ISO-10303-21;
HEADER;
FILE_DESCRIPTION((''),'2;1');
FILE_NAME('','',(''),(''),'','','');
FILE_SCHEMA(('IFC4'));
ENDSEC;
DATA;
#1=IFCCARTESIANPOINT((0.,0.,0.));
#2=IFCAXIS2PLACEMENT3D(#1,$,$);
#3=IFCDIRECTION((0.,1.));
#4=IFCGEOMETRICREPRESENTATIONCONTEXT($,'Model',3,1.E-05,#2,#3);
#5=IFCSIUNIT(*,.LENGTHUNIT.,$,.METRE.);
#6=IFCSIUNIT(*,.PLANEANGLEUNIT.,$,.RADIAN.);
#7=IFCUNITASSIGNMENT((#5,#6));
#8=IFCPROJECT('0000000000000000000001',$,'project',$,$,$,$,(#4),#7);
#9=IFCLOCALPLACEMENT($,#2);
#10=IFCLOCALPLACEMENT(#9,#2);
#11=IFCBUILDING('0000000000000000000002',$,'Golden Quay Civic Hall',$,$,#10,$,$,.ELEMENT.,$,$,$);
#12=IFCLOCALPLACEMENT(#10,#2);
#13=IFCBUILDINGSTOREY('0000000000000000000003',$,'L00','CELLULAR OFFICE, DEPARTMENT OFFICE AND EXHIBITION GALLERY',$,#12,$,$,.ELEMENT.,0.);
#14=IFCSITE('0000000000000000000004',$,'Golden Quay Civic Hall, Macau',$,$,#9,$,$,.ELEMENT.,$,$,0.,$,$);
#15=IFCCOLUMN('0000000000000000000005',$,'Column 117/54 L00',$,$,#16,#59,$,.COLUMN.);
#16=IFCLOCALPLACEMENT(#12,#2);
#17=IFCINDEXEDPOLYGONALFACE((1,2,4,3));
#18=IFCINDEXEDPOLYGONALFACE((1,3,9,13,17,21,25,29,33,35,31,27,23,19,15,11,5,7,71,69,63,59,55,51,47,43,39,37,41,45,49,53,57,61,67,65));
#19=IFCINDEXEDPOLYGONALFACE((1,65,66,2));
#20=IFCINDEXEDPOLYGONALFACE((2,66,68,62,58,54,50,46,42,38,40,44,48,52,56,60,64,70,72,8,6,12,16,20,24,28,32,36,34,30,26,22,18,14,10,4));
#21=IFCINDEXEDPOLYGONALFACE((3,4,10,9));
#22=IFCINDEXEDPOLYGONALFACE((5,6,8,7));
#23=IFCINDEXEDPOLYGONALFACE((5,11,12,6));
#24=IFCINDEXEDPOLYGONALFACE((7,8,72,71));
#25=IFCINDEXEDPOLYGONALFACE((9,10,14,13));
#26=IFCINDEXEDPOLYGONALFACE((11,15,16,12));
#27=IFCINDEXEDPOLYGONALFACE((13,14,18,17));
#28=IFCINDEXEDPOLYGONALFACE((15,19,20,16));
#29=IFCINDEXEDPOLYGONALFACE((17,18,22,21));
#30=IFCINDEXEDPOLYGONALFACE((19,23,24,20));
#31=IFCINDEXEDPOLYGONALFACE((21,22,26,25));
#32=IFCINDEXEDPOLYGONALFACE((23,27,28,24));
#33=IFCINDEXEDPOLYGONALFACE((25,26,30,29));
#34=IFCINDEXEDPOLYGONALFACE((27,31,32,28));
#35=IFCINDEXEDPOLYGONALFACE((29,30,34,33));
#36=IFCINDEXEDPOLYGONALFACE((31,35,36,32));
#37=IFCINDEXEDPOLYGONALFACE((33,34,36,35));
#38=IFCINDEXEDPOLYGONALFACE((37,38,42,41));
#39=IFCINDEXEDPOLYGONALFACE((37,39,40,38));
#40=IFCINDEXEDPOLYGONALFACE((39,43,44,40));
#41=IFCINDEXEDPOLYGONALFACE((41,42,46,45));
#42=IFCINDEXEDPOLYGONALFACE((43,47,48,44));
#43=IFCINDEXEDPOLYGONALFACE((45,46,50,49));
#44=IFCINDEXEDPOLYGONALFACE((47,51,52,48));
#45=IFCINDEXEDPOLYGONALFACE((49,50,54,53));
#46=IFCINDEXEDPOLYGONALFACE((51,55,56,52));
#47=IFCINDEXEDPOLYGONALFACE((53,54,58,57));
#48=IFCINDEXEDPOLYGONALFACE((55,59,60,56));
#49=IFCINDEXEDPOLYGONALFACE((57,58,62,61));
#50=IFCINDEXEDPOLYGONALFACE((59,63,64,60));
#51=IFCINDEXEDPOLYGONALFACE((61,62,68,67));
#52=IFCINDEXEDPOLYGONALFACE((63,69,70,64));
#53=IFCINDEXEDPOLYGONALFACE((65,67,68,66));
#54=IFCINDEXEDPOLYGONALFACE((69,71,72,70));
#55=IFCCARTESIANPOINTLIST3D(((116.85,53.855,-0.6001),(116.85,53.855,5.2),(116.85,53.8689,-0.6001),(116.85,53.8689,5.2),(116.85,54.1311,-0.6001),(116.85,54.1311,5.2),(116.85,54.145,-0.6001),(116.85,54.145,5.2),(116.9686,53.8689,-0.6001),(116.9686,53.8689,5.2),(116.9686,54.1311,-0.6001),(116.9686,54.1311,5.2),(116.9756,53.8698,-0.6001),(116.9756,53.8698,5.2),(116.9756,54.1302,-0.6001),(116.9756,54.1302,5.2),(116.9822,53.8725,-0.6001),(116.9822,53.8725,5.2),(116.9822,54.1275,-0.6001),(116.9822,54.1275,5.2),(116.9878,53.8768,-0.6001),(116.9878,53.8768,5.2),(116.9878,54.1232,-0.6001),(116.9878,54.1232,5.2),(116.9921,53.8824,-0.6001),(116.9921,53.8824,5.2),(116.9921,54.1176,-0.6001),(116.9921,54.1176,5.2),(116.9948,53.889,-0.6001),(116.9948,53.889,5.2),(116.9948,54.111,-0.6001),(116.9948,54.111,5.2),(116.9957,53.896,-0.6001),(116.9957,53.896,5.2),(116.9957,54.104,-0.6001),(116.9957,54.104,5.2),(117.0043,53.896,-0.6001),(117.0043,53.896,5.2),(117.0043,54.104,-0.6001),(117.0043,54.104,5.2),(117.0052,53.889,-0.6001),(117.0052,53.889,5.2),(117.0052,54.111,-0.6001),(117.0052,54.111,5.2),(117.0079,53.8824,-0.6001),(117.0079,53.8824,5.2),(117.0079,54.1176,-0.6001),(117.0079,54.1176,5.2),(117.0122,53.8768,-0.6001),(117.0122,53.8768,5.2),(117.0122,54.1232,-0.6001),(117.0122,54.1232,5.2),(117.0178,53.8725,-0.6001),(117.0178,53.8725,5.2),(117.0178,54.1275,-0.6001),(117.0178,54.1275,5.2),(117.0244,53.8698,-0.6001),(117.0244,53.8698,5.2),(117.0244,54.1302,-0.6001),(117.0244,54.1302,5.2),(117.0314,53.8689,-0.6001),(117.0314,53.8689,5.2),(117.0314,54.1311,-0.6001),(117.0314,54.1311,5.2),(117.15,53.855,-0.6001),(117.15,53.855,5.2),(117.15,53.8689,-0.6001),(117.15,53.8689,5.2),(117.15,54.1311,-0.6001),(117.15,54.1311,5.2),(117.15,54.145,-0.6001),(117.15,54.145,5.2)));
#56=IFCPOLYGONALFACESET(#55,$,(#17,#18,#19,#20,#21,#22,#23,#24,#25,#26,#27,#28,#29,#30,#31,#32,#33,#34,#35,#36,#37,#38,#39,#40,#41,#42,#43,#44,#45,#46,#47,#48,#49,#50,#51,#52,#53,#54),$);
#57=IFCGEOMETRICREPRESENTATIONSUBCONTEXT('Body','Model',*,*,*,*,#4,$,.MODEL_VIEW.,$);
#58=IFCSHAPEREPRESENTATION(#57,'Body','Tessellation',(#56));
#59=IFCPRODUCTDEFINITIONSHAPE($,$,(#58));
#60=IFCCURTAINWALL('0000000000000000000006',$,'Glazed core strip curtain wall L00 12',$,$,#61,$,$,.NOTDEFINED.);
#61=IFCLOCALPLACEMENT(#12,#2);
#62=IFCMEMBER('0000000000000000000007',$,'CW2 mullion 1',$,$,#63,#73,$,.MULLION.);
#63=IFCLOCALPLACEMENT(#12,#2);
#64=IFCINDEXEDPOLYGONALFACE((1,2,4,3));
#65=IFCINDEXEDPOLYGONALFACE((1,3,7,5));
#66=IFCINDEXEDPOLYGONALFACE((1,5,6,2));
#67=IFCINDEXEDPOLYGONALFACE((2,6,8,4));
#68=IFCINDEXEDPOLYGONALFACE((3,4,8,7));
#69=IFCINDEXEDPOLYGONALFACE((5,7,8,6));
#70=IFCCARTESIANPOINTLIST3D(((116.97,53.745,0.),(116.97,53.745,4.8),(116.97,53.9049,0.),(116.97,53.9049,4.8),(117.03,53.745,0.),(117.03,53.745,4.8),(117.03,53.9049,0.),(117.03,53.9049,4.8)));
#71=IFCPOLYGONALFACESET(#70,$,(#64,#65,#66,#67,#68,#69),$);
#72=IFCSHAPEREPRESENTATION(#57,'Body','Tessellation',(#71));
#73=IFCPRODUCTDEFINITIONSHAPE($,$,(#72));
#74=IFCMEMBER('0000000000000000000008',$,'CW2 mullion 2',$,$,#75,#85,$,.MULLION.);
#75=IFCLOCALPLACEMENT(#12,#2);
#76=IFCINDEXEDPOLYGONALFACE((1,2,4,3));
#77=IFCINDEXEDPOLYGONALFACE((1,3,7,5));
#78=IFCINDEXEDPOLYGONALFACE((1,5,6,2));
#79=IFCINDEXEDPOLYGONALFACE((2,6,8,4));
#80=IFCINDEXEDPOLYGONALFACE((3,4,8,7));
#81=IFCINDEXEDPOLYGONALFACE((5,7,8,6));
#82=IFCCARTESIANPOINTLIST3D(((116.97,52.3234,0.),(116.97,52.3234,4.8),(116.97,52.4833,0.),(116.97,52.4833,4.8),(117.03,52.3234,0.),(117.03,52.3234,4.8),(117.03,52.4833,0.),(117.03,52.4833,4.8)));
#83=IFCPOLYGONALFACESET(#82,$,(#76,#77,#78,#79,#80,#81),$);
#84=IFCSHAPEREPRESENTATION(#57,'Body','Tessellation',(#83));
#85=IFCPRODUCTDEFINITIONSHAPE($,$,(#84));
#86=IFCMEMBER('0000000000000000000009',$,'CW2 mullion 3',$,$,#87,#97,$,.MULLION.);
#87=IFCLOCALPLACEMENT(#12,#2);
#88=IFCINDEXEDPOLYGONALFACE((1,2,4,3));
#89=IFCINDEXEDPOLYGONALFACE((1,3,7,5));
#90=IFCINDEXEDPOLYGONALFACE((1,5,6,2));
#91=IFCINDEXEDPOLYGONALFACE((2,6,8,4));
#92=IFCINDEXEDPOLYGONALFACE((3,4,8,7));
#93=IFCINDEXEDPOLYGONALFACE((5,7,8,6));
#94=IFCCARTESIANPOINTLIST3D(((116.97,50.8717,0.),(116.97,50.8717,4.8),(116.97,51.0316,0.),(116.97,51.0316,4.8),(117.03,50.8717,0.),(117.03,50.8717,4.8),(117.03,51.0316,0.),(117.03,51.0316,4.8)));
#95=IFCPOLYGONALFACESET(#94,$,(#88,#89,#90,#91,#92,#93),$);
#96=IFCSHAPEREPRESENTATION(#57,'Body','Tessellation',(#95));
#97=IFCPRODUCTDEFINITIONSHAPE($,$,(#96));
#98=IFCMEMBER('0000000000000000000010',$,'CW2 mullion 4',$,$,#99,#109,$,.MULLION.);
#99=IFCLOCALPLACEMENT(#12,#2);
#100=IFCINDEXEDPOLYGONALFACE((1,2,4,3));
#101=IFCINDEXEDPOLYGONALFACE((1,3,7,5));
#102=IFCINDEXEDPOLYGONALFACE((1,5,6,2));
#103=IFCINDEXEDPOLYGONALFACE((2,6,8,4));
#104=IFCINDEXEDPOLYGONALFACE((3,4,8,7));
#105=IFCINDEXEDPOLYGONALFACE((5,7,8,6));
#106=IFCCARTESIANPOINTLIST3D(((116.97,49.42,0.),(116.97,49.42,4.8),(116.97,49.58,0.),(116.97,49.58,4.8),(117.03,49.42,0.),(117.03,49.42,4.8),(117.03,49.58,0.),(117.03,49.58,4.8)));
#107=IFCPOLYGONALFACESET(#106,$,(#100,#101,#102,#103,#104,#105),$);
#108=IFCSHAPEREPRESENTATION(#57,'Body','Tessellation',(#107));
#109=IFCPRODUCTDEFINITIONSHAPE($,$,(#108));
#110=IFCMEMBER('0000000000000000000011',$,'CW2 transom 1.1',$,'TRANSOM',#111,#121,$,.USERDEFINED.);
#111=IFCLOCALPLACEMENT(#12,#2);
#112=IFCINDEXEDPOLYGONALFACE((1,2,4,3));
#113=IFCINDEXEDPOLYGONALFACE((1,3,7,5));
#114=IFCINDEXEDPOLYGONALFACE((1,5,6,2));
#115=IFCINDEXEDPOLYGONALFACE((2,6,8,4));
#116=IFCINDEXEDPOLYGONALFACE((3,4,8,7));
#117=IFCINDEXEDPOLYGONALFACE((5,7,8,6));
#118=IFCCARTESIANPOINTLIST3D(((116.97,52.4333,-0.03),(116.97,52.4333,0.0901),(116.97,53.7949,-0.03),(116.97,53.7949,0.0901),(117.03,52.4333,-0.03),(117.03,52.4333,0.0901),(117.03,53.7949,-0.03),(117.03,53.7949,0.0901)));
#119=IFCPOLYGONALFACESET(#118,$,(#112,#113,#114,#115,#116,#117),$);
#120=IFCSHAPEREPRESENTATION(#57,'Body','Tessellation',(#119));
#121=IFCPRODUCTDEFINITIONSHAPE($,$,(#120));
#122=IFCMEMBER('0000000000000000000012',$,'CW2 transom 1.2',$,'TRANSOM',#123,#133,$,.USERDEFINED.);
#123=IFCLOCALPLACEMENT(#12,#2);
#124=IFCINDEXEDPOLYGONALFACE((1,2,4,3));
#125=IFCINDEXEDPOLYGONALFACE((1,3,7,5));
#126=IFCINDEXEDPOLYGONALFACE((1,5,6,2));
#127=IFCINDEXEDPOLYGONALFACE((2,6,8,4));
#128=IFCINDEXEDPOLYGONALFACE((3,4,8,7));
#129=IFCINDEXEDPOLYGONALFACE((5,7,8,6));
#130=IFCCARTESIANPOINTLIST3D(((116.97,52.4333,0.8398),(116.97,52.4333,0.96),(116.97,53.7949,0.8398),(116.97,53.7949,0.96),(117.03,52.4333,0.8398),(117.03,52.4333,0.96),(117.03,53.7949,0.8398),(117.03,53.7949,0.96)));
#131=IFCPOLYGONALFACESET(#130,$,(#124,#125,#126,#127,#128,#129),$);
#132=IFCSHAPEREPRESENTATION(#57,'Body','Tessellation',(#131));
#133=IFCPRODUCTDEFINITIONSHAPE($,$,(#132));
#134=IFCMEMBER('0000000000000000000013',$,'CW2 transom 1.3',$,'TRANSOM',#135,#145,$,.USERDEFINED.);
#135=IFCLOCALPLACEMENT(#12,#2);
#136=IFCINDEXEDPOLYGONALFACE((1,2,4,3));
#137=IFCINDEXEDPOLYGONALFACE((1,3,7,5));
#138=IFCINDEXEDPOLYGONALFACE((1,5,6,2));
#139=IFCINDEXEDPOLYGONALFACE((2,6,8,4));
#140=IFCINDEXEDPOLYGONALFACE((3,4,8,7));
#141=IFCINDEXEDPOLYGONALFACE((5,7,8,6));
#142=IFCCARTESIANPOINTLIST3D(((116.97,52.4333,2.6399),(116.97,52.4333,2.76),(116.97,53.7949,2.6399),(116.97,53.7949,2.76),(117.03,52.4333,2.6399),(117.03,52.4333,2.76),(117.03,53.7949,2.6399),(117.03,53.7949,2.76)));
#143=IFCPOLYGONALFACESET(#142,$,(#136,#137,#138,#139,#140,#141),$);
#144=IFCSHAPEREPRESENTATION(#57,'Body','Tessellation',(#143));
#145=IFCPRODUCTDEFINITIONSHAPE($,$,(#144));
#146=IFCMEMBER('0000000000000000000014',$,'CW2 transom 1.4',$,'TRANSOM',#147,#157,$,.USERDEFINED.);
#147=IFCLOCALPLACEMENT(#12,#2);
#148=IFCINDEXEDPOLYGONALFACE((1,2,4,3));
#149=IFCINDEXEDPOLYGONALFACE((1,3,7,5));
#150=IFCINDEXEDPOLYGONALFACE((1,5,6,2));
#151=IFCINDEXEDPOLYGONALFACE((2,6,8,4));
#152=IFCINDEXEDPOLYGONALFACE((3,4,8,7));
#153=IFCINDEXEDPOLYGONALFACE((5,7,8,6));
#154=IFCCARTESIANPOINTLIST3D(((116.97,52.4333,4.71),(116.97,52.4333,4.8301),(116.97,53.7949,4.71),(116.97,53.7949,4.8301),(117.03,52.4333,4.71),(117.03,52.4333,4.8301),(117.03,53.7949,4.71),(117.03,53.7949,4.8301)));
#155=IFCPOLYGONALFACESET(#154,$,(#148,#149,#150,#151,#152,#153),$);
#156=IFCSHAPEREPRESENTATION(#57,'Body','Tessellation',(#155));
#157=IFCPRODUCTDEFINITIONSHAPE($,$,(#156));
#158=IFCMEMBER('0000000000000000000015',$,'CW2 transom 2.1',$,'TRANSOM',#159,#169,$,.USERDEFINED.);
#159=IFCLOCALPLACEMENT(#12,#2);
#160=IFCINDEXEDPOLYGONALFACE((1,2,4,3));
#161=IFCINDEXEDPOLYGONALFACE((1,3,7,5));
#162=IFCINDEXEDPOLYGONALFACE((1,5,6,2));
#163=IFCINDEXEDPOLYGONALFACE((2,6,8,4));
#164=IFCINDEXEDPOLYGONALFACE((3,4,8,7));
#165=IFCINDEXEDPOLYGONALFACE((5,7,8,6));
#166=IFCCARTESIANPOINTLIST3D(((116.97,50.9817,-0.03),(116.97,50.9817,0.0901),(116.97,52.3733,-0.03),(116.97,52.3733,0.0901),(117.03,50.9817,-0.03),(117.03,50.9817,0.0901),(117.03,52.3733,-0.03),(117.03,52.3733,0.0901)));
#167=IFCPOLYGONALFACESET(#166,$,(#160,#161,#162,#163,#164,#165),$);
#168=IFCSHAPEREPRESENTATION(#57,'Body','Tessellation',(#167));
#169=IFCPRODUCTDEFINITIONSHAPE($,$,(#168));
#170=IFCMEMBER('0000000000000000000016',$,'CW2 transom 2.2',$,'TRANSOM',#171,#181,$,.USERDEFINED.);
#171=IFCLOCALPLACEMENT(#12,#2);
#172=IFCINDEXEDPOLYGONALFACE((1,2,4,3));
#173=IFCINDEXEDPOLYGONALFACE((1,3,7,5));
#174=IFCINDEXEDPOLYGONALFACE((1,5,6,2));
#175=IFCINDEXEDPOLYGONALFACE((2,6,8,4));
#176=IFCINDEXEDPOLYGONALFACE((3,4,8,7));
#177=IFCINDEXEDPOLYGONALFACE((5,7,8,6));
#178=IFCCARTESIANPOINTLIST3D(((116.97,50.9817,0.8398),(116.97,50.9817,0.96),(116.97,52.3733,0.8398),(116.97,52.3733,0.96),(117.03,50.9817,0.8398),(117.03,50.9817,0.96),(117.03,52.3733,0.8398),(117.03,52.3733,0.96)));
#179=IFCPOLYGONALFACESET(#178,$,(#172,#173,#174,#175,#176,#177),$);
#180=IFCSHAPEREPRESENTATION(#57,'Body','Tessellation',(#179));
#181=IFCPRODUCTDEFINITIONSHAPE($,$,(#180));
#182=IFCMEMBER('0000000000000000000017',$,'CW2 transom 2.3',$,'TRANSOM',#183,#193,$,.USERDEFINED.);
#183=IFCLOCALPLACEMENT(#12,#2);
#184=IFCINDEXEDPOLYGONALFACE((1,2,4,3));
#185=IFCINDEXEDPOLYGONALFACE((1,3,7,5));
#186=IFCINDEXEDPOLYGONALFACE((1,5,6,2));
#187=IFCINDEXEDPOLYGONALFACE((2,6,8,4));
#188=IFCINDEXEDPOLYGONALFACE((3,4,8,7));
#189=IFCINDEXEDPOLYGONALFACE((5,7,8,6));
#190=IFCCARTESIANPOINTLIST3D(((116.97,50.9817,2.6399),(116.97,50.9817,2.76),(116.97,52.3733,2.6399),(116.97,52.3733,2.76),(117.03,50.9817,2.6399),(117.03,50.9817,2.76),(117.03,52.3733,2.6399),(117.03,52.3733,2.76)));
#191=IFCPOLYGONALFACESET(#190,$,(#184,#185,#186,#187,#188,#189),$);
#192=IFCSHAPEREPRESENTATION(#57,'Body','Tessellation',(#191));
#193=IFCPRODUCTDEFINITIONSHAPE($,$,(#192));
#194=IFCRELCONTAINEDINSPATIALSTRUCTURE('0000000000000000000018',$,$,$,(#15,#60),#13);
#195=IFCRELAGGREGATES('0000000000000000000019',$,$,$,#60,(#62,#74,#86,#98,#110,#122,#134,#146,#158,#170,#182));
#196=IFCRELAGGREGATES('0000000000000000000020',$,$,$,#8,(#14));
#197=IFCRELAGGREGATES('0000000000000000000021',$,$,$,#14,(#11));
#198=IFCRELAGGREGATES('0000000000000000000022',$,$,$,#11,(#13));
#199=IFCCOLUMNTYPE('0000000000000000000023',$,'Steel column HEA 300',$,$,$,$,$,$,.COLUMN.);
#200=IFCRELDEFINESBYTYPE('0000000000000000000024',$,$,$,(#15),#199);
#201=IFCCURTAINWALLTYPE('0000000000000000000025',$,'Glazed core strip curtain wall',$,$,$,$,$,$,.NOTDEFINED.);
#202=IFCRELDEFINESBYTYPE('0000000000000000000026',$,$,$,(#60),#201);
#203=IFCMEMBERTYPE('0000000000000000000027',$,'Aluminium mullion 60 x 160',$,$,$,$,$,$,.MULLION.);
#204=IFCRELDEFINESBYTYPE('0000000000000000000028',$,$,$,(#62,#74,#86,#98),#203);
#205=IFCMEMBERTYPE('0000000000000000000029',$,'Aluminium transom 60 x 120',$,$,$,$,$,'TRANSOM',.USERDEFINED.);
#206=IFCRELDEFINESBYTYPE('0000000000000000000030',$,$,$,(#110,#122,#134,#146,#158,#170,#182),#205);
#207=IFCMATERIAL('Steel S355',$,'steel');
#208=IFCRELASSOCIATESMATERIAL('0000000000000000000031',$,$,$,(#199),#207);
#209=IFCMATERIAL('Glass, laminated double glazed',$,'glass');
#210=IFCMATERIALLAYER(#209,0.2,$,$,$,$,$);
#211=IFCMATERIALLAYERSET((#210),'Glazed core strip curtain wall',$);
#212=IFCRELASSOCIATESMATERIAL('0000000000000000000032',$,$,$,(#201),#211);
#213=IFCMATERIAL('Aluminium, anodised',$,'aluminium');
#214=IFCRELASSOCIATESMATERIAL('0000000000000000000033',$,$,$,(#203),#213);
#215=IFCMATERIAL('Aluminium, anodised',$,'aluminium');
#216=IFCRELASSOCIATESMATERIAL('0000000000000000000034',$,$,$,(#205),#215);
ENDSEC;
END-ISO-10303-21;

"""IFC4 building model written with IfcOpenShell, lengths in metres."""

from ifc_helpers import new_model, si_unit, direction, frame, origin, origin_2d, place, context, subcontext, project, spatial, rectangle, i_section, extrude, material, layer, layer_set, material_profile, profile_set, type_object, element, aggregate, save


model = new_model("IFC4")

# Units and contexts
model_context = context("Model", 3, precision=1e-05, world=origin(), true_north=direction((0.0, 1.0)))
body_context = subcontext(model_context, "Body", "Model", "MODEL_VIEW")
ifc_project = project(units=[si_unit("LENGTHUNIT", "METRE"), si_unit("PLANEANGLEUNIT", "RADIAN")], contexts=[model_context])

# Site, building, storey
site_placement = place(None, origin())
site = spatial("IfcSite", under=ifc_project, at=site_placement, Name="Golden Quay Civic Hall, Macau", CompositionType="ELEMENT", RefElevation=0.0)
building_placement = place(site_placement, origin())
building = spatial("IfcBuilding", under=site, at=building_placement, Name="Golden Quay Civic Hall", CompositionType="ELEMENT")
storey_placement = place(building_placement, origin())
storey = spatial("IfcBuildingStorey", under=building, at=storey_placement, Name="L00", Description="CELLULAR OFFICE, DEPARTMENT OFFICE AND EXHIBITION GALLERY", CompositionType="ELEMENT", Elevation=0.0)

# Column
ifc_material_1 = material(Name="Steel S355", Category="steel")
ifc_material_profile_1 = material_profile(ifc_material_1, i_section(OverallWidth=0.3, OverallDepth=0.29, WebThickness=0.0085, FlangeThickness=0.0139, FilletRadius=0.0271, at=origin_2d()), Name="HEA 300")
ifc_profile_set_1 = profile_set([ifc_material_profile_1], Name="Steel S355")
column_type = type_object("IfcColumnType", Name="Steel column HEA 300", PredefinedType="COLUMN", material=ifc_profile_set_1)
column_placement = place(storey_placement, frame((117.0, 54.0, -0.6001), z_axis=(0.0, 0.0, 1.0), x_axis=(1.0, 0.0, 0.0)))
element("IfcColumn", 1, at=column_placement, inside=storey, type_object=column_type, Name="Column 117/54 L00", PredefinedType="COLUMN", context=body_context, shape_type="SweptSolid", body=[
    extrude(i_section(OverallWidth=0.3, OverallDepth=0.29, WebThickness=0.0085, FlangeThickness=0.0139, FilletRadius=0.0271, at=origin_2d()), origin(), (0.0, 0.0, 1.0), 5.8),
])

# Curtain wall, members
ifc_material_2 = material(Name="Glass, laminated double glazed", Category="glass")
ifc_layer_1 = layer(ifc_material_2, 0.2)
ifc_layer_set_1 = layer_set([ifc_layer_1], Name="Glazed core strip curtain wall")
curtain_wall_type = type_object("IfcCurtainWallType", Name="Glazed core strip curtain wall", PredefinedType="NOTDEFINED", material=ifc_layer_set_1)
curtain_wall_placement = place(storey_placement, origin())
curtain_wall = element("IfcCurtainWall", 2, at=curtain_wall_placement, inside=storey, type_object=curtain_wall_type, Name="Glazed core strip curtain wall L00 12", PredefinedType="NOTDEFINED")
ifc_material_3 = material(Name="Aluminium, anodised", Category="aluminium")
ifc_material_profile_2 = material_profile(ifc_material_3, rectangle(XDim=0.0601, YDim=0.1599, at=origin_2d()), Name="Aluminium 60 x 160")
ifc_profile_set_2 = profile_set([ifc_material_profile_2], Name="Aluminium, anodised")
member_type_1 = type_object("IfcMemberType", Name="Aluminium mullion 60 x 160", PredefinedType="MULLION", material=ifc_profile_set_2)
member_1_placement = place(storey_placement, frame((117.0, 53.825, 0.0), z_axis=(0.0, 0.0, 1.0), x_axis=(1.0, 0.0, 0.0)))
member_1 = element("IfcMember", 3, at=member_1_placement, type_object=member_type_1, Name="CW2 mullion 1", PredefinedType="MULLION", context=body_context, shape_type="SweptSolid", body=[
    extrude(rectangle(XDim=0.0601, YDim=0.1599, at=origin_2d()), origin(), (0.0, 0.0, 1.0), 4.8),
])
member_2_placement = place(storey_placement, frame((117.0, 52.4033, 0.0), z_axis=(0.0, 0.0, 1.0), x_axis=(1.0, 0.0, 0.0)))
member_2 = element("IfcMember", 4, at=member_2_placement, type_object=member_type_1, Name="CW2 mullion 2", PredefinedType="MULLION", context=body_context, shape_type="SweptSolid", body=[
    extrude(rectangle(XDim=0.0601, YDim=0.1599, at=origin_2d()), origin(), (0.0, 0.0, 1.0), 4.8),
])
member_3_placement = place(storey_placement, frame((117.0, 50.9517, 0.0), z_axis=(0.0, 0.0, 1.0), x_axis=(1.0, 0.0, 0.0)))
member_3 = element("IfcMember", 5, at=member_3_placement, type_object=member_type_1, Name="CW2 mullion 3", PredefinedType="MULLION", context=body_context, shape_type="SweptSolid", body=[
    extrude(rectangle(XDim=0.0601, YDim=0.1599, at=origin_2d()), origin(), (0.0, 0.0, 1.0), 4.8),
])
member_4_placement = place(storey_placement, frame((117.0, 49.5, 0.0), z_axis=(0.0, 0.0, 1.0), x_axis=(1.0, 0.0, 0.0)))
member_4 = element("IfcMember", 6, at=member_4_placement, type_object=member_type_1, Name="CW2 mullion 4", PredefinedType="MULLION", context=body_context, shape_type="SweptSolid", body=[
    extrude(rectangle(XDim=0.0601, YDim=0.1599, at=origin_2d()), origin(), (0.0, 0.0, 1.0), 4.8),
])
ifc_material_4 = material(Name="Aluminium, anodised", Category="aluminium")
ifc_material_profile_3 = material_profile(ifc_material_4, rectangle(XDim=0.0601, YDim=0.1201, at=origin_2d()), Name="Aluminium 60 x 120")
ifc_profile_set_3 = profile_set([ifc_material_profile_3], Name="Aluminium, anodised")
member_type_2 = type_object("IfcMemberType", Name="Aluminium transom 60 x 120", ElementType="TRANSOM", PredefinedType="USERDEFINED", material=ifc_profile_set_3)
member_5_placement = place(storey_placement, frame((117.0, 53.7949, 0.03), z_axis=(0.0, -1.0, 0.0), x_axis=(1.0, 0.0, 0.0)))
member_5 = element("IfcMember", 7, at=member_5_placement, type_object=member_type_2, Name="CW2 transom 1.1", ObjectType="TRANSOM", PredefinedType="USERDEFINED", context=body_context, shape_type="SweptSolid", body=[
    extrude(rectangle(XDim=0.0601, YDim=0.1201, at=origin_2d()), origin(), (0.0, 0.0, 1.0), 1.3616),
])
member_6_placement = place(storey_placement, frame((117.0, 53.7949, 0.8999), z_axis=(0.0, -1.0, 0.0), x_axis=(1.0, 0.0, 0.0)))
member_6 = element("IfcMember", 8, at=member_6_placement, type_object=member_type_2, Name="CW2 transom 1.2", ObjectType="TRANSOM", PredefinedType="USERDEFINED", context=body_context, shape_type="SweptSolid", body=[
    extrude(rectangle(XDim=0.0601, YDim=0.1201, at=origin_2d()), origin(), (0.0, 0.0, 1.0), 1.3616),
])
member_7_placement = place(storey_placement, frame((117.0, 53.7949, 2.7), z_axis=(0.0, -1.0, 0.0), x_axis=(1.0, 0.0, 0.0)))
member_7 = element("IfcMember", 9, at=member_7_placement, type_object=member_type_2, Name="CW2 transom 1.3", ObjectType="TRANSOM", PredefinedType="USERDEFINED", context=body_context, shape_type="SweptSolid", body=[
    extrude(rectangle(XDim=0.0601, YDim=0.1201, at=origin_2d()), origin(), (0.0, 0.0, 1.0), 1.3616),
])
member_8_placement = place(storey_placement, frame((117.0, 53.7949, 4.77), z_axis=(0.0, -1.0, 0.0), x_axis=(1.0, 0.0, 0.0)))
member_8 = element("IfcMember", 10, at=member_8_placement, type_object=member_type_2, Name="CW2 transom 1.4", ObjectType="TRANSOM", PredefinedType="USERDEFINED", context=body_context, shape_type="SweptSolid", body=[
    extrude(rectangle(XDim=0.0601, YDim=0.1201, at=origin_2d()), origin(), (0.0, 0.0, 1.0), 1.3616),
])
member_9_placement = place(storey_placement, frame((117.0, 52.3733, 0.03), z_axis=(0.0, -1.0, 0.0), x_axis=(1.0, 0.0, 0.0)))
member_9 = element("IfcMember", 11, at=member_9_placement, type_object=member_type_2, Name="CW2 transom 2.1", ObjectType="TRANSOM", PredefinedType="USERDEFINED", context=body_context, shape_type="SweptSolid", body=[
    extrude(rectangle(XDim=0.0601, YDim=0.1201, at=origin_2d()), origin(), (0.0, 0.0, 1.0), 1.3916),
])
member_10_placement = place(storey_placement, frame((117.0, 52.3733, 0.8999), z_axis=(0.0, -1.0, 0.0), x_axis=(1.0, 0.0, 0.0)))
member_10 = element("IfcMember", 12, at=member_10_placement, type_object=member_type_2, Name="CW2 transom 2.2", ObjectType="TRANSOM", PredefinedType="USERDEFINED", context=body_context, shape_type="SweptSolid", body=[
    extrude(rectangle(XDim=0.0601, YDim=0.1201, at=origin_2d()), origin(), (0.0, 0.0, 1.0), 1.3916),
])
member_11_placement = place(storey_placement, frame((117.0, 52.3733, 2.7), z_axis=(0.0, -1.0, 0.0), x_axis=(1.0, 0.0, 0.0)))
member_11 = element("IfcMember", 13, at=member_11_placement, type_object=member_type_2, Name="CW2 transom 2.3", ObjectType="TRANSOM", PredefinedType="USERDEFINED", context=body_context, shape_type="SweptSolid", body=[
    extrude(rectangle(XDim=0.0601, YDim=0.1201, at=origin_2d()), origin(), (0.0, 0.0, 1.0), 1.3916),
])
aggregate(curtain_wall, [member_1, member_2, member_3, member_4, member_5, member_6, member_7, member_8, member_9, member_10, member_11])

save(model, "model.ifc")
